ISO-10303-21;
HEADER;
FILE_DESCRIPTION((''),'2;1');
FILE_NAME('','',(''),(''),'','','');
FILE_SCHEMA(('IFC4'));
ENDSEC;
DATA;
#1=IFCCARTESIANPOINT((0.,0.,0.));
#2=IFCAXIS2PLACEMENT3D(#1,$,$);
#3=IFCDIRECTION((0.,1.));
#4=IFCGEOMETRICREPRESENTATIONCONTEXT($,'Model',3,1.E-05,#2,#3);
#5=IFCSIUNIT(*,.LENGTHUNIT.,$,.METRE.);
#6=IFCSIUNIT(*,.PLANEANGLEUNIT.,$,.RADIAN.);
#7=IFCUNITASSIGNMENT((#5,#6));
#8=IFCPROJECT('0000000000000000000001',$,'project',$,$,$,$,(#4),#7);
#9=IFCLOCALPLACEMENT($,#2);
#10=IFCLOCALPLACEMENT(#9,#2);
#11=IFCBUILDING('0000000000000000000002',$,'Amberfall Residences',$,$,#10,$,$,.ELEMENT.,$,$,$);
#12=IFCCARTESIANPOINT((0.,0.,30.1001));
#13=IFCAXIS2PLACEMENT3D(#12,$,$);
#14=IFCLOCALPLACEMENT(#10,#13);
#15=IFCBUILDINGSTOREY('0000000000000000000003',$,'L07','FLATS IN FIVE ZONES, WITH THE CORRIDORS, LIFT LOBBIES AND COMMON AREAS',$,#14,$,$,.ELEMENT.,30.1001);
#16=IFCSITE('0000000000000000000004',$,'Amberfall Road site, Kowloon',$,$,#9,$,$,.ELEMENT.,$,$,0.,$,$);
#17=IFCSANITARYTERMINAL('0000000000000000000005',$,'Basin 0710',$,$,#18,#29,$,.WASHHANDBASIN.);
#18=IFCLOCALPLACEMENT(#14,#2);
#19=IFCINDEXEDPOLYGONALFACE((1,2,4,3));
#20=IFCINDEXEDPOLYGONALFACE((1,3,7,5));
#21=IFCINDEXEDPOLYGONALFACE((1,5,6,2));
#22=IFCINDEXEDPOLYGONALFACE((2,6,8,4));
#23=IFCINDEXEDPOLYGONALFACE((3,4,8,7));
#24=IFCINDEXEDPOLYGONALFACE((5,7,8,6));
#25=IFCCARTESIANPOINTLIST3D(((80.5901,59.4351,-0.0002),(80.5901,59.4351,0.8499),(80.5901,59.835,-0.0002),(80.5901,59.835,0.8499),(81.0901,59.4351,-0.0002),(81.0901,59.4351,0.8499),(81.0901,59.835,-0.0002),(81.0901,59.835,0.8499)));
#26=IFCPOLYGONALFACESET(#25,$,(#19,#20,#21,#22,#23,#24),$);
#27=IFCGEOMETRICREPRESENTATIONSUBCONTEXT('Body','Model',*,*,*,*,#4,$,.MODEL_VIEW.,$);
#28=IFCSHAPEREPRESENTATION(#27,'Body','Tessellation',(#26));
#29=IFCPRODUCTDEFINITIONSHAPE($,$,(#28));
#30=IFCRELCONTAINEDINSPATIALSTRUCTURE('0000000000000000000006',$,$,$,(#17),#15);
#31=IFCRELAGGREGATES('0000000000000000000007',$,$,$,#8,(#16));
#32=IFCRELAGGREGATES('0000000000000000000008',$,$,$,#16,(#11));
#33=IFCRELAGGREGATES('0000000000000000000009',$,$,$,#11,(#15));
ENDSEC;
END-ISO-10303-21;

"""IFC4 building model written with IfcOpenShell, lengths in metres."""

from ifc_helpers import new_model, si_unit, direction, frame, origin, origin_2d, place, context, subcontext, project, spatial, rectangle, extrude, element, save


model = new_model("IFC4")

# Units and contexts
model_context = context("Model", 3, precision=1e-05, world=origin(), true_north=direction((0.0, 1.0)))
body_context = subcontext(model_context, "Body", "Model", "MODEL_VIEW")
ifc_project = project(units=[si_unit("LENGTHUNIT", "METRE"), si_unit("PLANEANGLEUNIT", "RADIAN")], contexts=[model_context])

# Site, building, storey
site_placement = place(None, origin())
site = spatial("IfcSite", under=ifc_project, at=site_placement, Name="Amberfall Road site, Kowloon", CompositionType="ELEMENT", RefElevation=0.0)
building_placement = place(site_placement, origin())
building = spatial("IfcBuilding", under=site, at=building_placement, Name="Amberfall Residences", CompositionType="ELEMENT")
storey_placement = place(building_placement, frame((0.0, 0.0, 30.1001)))
storey = spatial("IfcBuildingStorey", under=building, at=storey_placement, Name="L07", Description="FLATS IN FIVE ZONES, WITH THE CORRIDORS, LIFT LOBBIES AND COMMON AREAS", CompositionType="ELEMENT", Elevation=30.1001)

# Sanitary terminal
for number, where, z_axis, x_axis, name in (
    (1, (80.8401, 59.635, -0.0002), (0.0, 0.0, 1.0), (1.0, 0.0, 0.0), "Basin 0710"),
):
    element("IfcSanitaryTerminal", number, at=place(storey_placement, frame(where, z_axis=z_axis, x_axis=x_axis)), inside=storey, Name=name, PredefinedType="WASHHANDBASIN", context=body_context, shape_type="SweptSolid", body=[
        extrude(rectangle(XDim=0.5, YDim=0.3999, at=origin_2d()), origin(), (0.0, 0.0, 1.0), 0.8501),
    ])

save(model, "model.ifc")
